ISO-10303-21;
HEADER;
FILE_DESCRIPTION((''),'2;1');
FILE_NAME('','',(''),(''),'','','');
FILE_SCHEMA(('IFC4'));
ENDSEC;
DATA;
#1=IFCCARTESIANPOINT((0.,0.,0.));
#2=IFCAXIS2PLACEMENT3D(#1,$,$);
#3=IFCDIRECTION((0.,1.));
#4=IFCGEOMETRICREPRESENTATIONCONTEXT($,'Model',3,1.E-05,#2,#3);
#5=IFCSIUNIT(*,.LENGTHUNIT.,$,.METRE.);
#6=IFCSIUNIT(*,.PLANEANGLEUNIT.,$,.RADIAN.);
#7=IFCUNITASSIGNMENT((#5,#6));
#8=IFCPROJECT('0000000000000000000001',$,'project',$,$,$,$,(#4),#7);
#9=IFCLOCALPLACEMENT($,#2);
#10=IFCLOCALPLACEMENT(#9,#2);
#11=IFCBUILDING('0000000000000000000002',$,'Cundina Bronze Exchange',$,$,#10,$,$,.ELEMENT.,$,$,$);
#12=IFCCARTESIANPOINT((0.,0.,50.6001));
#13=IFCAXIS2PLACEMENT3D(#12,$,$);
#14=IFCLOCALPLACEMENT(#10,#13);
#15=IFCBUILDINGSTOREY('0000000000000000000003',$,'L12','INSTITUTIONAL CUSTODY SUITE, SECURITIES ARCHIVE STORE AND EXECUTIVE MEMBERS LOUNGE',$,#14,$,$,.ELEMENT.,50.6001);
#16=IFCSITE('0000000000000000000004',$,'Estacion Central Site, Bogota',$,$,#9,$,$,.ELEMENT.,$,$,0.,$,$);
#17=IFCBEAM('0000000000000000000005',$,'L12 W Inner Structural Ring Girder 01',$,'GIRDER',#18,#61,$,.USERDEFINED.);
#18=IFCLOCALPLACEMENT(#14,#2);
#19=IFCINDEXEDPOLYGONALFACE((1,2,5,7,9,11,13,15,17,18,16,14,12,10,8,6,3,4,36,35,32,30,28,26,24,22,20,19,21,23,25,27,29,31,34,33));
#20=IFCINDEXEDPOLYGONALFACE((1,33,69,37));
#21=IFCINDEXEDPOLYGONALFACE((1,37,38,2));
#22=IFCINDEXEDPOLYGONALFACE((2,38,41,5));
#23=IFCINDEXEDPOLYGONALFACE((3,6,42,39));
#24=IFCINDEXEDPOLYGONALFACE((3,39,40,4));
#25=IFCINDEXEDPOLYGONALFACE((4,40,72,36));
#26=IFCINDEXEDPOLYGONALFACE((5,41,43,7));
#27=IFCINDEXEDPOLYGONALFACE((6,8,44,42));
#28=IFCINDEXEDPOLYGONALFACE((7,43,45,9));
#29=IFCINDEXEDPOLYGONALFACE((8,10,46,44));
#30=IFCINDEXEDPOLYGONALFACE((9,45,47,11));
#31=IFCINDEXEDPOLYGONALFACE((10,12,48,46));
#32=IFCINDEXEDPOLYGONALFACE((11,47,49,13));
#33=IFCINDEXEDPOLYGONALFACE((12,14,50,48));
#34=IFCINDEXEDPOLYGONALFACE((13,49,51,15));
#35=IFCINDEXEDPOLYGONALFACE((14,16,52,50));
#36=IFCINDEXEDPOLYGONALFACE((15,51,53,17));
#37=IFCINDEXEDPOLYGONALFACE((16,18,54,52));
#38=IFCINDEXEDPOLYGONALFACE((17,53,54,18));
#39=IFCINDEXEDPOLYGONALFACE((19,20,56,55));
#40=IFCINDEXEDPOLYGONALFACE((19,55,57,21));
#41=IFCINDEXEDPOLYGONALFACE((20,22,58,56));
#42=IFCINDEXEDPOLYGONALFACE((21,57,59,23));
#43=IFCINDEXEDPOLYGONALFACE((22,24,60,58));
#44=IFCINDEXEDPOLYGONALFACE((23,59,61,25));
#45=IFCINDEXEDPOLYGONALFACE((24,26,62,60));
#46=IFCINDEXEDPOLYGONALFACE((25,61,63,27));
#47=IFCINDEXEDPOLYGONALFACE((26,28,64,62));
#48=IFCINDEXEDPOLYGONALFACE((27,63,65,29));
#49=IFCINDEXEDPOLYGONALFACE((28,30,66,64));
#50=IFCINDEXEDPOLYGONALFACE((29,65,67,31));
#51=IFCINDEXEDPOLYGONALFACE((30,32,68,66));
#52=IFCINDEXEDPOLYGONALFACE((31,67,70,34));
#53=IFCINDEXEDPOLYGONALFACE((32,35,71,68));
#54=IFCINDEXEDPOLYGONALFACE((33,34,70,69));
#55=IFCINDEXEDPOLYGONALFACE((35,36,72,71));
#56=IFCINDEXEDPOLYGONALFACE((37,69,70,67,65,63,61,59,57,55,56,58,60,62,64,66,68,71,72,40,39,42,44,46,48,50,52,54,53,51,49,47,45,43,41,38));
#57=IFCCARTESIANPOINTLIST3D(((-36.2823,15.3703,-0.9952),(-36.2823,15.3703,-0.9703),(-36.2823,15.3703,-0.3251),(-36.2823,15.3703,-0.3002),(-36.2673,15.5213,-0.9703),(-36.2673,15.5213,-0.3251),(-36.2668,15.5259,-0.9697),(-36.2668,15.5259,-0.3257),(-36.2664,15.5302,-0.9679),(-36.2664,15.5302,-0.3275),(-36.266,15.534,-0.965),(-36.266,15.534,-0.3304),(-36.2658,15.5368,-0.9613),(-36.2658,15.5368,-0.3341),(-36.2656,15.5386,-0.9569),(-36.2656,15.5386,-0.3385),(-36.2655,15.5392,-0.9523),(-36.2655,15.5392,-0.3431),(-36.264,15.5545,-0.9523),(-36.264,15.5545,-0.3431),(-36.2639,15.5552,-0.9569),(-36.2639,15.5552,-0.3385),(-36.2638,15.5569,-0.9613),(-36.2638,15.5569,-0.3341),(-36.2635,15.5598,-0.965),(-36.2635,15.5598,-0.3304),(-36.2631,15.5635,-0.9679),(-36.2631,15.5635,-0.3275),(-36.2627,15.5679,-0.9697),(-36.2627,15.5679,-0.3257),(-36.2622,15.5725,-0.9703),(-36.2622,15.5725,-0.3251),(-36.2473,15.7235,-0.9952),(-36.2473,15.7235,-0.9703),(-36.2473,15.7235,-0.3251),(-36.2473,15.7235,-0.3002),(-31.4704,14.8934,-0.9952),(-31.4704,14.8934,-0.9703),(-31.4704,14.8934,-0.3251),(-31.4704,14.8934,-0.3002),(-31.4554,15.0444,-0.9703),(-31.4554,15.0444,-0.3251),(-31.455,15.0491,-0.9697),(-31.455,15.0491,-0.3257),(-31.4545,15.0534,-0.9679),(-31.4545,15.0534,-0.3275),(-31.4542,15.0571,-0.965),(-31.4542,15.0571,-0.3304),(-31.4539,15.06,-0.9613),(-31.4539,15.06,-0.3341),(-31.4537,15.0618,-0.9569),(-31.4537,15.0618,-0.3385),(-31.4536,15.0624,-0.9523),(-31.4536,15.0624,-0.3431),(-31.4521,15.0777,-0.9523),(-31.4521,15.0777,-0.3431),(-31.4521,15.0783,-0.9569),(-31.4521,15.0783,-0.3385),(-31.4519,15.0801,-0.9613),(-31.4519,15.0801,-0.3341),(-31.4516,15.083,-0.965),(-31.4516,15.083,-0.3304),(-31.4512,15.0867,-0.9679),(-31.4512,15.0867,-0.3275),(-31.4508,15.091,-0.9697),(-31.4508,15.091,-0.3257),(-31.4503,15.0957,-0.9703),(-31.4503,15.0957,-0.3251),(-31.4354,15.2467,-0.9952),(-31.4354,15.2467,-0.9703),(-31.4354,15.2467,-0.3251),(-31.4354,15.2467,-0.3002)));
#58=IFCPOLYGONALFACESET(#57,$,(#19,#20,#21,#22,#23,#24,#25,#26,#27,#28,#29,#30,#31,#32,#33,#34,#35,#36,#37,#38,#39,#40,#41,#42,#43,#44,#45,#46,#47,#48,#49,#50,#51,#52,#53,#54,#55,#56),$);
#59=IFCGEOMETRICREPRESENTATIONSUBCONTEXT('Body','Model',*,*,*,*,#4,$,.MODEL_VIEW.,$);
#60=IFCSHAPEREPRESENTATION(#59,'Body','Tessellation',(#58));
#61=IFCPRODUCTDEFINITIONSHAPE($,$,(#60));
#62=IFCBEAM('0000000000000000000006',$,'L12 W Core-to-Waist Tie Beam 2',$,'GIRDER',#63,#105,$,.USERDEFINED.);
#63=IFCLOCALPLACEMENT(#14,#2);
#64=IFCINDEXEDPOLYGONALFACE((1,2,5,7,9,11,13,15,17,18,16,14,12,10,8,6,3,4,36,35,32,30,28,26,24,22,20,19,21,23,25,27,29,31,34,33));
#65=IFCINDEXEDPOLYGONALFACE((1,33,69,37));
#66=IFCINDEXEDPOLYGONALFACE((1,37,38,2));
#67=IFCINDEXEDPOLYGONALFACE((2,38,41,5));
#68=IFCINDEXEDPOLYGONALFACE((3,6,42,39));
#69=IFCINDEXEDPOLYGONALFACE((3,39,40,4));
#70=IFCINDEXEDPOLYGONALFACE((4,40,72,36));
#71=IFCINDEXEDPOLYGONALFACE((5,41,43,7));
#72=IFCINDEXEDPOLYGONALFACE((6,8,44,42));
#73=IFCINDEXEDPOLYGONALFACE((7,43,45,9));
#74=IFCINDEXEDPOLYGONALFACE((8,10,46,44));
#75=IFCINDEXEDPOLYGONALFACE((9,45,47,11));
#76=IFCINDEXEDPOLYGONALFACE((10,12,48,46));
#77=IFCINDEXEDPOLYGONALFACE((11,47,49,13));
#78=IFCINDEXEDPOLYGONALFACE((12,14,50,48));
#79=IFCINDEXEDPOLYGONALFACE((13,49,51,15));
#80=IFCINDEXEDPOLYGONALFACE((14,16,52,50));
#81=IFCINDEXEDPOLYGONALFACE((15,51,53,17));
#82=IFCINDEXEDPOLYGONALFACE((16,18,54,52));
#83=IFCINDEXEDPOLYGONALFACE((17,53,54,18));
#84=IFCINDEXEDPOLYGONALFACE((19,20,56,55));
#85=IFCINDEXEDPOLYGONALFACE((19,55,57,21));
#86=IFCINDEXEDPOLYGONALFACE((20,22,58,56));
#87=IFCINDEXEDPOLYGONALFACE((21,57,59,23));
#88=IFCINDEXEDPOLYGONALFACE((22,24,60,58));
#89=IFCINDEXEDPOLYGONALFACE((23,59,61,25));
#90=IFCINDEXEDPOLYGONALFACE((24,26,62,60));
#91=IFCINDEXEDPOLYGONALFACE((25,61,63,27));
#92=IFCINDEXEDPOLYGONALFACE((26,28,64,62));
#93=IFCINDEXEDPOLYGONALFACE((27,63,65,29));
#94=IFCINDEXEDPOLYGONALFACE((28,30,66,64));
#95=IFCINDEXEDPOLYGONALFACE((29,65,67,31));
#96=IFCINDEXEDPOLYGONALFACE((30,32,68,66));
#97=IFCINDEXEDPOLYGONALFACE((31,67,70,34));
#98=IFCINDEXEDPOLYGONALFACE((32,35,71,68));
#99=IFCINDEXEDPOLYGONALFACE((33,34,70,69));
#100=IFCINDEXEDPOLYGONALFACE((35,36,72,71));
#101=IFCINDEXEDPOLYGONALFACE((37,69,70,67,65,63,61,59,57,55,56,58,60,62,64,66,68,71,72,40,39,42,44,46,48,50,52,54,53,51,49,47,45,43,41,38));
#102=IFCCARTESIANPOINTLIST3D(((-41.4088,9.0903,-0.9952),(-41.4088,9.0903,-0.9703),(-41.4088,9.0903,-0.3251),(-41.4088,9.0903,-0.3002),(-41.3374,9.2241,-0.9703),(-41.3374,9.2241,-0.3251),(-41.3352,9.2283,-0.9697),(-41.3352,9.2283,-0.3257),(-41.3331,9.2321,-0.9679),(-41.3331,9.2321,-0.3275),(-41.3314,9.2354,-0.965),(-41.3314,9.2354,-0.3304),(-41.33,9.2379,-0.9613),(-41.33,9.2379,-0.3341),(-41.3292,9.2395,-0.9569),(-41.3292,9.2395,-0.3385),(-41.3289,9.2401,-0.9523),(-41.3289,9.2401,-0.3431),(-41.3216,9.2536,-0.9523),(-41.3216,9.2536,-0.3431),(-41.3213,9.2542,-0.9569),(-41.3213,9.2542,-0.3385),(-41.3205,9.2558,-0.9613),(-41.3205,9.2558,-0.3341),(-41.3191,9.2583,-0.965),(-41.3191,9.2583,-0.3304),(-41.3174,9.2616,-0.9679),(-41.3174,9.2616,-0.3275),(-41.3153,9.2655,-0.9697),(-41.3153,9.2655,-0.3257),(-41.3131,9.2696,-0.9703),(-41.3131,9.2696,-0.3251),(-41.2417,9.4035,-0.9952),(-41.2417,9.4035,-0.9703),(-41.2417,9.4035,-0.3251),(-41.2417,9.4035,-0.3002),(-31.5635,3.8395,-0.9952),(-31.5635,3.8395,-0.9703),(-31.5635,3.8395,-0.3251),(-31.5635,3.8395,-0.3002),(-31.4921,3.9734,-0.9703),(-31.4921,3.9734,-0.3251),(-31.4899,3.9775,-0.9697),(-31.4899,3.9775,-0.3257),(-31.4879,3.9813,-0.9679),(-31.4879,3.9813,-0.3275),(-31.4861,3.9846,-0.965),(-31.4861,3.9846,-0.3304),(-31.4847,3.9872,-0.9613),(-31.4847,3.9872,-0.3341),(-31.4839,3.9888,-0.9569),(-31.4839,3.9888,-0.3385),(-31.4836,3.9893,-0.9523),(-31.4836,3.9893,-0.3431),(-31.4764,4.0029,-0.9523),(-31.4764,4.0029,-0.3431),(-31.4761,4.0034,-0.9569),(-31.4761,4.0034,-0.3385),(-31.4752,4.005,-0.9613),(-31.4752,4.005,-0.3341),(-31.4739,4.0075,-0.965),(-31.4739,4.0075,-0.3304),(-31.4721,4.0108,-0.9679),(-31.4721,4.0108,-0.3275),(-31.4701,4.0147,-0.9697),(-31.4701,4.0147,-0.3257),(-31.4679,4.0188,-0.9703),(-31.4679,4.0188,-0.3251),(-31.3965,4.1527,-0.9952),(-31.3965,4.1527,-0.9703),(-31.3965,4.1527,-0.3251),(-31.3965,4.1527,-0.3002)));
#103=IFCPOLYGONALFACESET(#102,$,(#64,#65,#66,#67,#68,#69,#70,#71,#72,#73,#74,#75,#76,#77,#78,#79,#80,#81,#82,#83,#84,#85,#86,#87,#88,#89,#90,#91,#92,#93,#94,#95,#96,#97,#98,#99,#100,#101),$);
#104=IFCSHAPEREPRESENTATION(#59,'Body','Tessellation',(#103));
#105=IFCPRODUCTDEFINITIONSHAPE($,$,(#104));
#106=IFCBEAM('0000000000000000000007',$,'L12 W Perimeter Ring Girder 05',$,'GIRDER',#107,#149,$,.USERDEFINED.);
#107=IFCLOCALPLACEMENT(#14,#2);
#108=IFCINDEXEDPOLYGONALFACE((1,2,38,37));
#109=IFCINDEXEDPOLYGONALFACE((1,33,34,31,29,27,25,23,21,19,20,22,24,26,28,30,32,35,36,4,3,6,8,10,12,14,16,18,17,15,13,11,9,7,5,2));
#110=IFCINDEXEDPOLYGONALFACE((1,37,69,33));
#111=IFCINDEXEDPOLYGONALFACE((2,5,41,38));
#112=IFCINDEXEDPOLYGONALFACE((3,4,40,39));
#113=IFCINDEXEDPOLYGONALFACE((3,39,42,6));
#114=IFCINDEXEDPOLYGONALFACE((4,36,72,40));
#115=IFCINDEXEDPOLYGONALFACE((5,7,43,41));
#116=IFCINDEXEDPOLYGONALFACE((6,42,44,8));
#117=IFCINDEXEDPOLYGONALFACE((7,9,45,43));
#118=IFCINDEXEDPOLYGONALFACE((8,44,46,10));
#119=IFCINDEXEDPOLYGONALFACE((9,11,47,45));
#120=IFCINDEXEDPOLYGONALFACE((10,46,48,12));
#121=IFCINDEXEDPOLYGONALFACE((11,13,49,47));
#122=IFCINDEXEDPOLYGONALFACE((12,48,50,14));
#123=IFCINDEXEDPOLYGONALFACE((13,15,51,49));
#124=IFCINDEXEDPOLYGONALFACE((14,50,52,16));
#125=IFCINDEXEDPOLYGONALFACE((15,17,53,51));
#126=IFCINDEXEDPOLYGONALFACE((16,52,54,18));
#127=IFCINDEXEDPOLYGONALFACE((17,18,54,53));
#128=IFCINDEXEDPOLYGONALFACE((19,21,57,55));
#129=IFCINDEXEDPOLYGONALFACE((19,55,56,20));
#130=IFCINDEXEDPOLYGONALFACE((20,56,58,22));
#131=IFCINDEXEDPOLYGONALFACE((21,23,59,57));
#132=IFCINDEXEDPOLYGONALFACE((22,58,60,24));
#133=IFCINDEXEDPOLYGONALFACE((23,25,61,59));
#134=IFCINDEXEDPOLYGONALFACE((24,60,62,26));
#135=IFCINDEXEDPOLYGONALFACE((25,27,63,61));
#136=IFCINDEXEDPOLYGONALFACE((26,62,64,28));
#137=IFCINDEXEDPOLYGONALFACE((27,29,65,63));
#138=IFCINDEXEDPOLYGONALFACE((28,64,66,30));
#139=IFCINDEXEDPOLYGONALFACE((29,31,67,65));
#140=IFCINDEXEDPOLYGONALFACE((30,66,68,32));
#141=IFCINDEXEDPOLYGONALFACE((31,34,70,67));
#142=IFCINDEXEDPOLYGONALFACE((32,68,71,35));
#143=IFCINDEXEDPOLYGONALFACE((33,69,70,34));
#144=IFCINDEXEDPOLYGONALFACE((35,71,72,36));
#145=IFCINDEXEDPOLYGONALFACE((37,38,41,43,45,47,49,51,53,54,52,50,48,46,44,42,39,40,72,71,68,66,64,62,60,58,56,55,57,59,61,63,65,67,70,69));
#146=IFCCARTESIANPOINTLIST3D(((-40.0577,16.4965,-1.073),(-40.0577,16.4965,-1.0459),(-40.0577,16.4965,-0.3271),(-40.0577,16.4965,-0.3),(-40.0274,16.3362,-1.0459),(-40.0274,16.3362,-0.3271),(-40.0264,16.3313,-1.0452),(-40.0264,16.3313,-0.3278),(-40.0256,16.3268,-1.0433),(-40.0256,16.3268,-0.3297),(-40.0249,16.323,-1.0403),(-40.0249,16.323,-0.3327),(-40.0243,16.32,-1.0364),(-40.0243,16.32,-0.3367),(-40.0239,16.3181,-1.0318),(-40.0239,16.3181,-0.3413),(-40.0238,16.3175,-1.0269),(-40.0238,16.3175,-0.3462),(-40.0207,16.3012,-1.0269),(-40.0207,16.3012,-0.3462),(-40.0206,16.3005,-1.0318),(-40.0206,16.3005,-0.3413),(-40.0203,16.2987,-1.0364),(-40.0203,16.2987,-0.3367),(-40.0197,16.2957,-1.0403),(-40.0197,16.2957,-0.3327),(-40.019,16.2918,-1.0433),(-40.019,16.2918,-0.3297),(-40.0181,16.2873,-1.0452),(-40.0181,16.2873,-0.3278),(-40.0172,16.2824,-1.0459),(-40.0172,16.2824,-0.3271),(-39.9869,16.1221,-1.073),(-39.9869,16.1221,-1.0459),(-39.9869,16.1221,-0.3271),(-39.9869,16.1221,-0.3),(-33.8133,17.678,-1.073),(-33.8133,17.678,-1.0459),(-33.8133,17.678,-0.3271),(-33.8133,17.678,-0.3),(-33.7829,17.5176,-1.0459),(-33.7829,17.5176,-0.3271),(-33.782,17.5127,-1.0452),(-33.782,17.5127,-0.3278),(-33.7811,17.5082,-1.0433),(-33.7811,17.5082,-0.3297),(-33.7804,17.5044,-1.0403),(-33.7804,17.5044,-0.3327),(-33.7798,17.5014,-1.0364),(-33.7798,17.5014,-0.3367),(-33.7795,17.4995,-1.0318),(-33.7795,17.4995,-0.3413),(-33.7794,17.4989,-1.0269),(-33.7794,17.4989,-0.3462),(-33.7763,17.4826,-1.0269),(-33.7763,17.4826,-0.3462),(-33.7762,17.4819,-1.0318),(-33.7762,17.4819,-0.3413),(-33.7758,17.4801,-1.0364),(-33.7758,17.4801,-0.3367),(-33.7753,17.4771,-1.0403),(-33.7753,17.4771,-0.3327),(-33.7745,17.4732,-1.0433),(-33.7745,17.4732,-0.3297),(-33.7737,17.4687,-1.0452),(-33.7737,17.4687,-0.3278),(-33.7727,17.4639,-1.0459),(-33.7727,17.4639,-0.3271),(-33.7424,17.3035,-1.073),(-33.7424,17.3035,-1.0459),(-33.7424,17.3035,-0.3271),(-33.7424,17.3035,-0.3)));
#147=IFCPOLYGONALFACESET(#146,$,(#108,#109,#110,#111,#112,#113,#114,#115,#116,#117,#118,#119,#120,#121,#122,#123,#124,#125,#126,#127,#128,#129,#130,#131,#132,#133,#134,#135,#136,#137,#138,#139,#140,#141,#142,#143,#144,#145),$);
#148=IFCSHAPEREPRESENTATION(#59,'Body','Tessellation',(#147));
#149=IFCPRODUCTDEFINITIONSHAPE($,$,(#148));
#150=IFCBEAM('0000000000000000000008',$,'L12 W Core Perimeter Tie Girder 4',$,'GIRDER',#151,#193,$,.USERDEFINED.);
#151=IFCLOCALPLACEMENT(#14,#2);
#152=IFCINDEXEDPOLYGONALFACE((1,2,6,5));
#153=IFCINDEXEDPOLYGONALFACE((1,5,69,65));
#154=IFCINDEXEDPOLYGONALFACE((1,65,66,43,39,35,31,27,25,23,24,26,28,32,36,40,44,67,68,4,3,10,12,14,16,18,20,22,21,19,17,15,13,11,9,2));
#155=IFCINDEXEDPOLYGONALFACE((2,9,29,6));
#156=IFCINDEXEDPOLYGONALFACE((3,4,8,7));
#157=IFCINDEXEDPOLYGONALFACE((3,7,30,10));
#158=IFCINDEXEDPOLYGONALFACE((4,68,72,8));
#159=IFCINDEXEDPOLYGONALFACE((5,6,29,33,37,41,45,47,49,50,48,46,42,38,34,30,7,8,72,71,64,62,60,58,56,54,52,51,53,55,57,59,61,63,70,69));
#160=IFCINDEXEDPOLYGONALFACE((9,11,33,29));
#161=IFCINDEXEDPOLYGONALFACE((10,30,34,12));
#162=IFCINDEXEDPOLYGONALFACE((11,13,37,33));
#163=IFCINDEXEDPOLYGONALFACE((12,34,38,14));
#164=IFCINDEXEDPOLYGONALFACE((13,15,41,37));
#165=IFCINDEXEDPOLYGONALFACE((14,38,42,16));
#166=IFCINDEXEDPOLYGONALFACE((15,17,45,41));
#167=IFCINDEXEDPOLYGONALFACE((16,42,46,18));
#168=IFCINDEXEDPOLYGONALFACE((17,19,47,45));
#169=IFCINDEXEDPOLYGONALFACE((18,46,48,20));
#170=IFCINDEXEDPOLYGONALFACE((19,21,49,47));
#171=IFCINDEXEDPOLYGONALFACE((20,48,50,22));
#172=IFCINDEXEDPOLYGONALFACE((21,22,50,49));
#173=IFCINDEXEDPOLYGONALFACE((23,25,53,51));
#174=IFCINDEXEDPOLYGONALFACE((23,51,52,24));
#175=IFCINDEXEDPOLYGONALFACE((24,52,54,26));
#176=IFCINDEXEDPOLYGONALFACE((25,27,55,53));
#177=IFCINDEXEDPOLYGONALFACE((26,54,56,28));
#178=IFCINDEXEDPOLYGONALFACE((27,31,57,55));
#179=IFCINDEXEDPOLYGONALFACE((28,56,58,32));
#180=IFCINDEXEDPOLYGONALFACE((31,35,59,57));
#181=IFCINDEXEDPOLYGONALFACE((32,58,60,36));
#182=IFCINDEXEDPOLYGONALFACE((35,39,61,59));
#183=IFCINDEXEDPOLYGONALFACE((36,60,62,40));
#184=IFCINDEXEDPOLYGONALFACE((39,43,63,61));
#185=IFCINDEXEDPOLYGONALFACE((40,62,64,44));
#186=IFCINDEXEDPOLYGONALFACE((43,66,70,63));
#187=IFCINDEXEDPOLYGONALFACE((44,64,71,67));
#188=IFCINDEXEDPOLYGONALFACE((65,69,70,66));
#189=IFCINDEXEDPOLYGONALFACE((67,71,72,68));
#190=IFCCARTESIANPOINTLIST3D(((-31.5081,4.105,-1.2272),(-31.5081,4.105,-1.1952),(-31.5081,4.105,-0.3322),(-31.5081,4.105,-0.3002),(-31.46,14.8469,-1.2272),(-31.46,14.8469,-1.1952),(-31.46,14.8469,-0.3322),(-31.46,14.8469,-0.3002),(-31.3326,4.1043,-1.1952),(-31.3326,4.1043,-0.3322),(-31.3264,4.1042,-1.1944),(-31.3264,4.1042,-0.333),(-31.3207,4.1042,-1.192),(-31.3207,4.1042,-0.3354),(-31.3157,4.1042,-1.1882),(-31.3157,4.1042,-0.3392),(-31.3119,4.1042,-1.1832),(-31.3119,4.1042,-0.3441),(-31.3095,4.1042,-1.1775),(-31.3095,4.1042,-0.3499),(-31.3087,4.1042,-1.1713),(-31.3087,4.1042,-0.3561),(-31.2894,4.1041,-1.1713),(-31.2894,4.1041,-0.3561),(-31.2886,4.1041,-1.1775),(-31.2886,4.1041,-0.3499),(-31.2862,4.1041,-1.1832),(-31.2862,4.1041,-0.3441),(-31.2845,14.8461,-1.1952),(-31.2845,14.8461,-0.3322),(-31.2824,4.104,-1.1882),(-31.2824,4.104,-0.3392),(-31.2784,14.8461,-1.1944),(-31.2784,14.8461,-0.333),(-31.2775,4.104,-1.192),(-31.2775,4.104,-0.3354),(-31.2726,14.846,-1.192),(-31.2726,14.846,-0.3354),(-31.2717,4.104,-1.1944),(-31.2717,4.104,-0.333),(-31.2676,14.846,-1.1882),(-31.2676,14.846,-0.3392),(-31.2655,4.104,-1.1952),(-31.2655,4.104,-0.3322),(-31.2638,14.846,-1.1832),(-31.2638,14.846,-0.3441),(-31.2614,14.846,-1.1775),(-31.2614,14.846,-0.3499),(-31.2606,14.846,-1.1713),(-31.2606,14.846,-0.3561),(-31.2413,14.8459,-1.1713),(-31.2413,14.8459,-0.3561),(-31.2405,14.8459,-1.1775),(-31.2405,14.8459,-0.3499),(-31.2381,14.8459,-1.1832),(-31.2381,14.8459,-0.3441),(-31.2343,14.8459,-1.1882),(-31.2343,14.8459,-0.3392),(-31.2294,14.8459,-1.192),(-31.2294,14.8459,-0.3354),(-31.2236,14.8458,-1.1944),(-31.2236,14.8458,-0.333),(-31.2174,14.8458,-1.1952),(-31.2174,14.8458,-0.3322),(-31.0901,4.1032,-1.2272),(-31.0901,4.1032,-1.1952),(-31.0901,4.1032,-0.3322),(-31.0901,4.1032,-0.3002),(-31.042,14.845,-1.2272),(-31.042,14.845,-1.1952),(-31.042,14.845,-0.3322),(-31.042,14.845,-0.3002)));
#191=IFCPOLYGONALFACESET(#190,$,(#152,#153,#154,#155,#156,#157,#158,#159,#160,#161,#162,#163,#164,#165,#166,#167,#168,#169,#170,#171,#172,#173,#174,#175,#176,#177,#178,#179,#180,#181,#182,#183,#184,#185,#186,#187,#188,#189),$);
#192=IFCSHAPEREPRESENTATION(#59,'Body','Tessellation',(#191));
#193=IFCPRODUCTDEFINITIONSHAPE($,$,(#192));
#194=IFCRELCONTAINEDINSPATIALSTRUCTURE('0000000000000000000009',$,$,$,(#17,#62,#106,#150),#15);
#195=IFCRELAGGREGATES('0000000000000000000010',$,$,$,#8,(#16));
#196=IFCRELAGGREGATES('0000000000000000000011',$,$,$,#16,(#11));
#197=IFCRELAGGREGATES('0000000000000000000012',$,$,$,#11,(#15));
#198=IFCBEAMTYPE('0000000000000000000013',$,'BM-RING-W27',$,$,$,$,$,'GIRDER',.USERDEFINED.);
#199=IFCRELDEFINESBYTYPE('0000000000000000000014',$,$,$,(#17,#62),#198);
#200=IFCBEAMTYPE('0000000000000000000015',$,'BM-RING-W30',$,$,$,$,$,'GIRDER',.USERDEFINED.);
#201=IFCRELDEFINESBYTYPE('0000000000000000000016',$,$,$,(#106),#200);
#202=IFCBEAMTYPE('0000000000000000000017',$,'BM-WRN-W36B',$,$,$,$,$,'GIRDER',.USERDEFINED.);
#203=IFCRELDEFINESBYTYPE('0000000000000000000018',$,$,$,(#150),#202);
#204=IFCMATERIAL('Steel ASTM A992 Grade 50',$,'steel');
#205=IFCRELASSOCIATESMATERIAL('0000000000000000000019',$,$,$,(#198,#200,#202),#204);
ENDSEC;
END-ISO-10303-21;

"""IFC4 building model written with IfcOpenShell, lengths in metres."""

from ifc_helpers import new_model, si_unit, direction, frame, origin, origin_2d, place, context, subcontext, project, spatial, i_section, extrude, material, material_profile, profile_set, type_object, element, save


model = new_model("IFC4")

# Units and contexts
model_context = context("Model", 3, precision=1e-05, world=origin(), true_north=direction((0.0, 1.0)))
body_context = subcontext(model_context, "Body", "Model", "MODEL_VIEW")
ifc_project = project(units=[si_unit("LENGTHUNIT", "METRE"), si_unit("PLANEANGLEUNIT", "RADIAN")], contexts=[model_context])

# Site, building, storey
site_placement = place(None, origin())
site = spatial("IfcSite", under=ifc_project, at=site_placement, Name="Estacion Central Site, Bogota", CompositionType="ELEMENT", RefElevation=0.0)
building_placement = place(site_placement, origin())
building = spatial("IfcBuilding", under=site, at=building_placement, Name="Cundina Bronze Exchange", CompositionType="ELEMENT")
storey_placement = place(building_placement, frame((0.0, 0.0, 50.6001)))
storey = spatial("IfcBuildingStorey", under=building, at=storey_placement, Name="L12", Description="INSTITUTIONAL CUSTODY SUITE, SECURITIES ARCHIVE STORE AND EXECUTIVE MEMBERS LOUNGE", CompositionType="ELEMENT", Elevation=50.6001)

# Shared definitions
ifc_material_1 = material(Name="Steel ASTM A992 Grade 50", Category="steel")

# Beams
ifc_material_profile_1 = material_profile(ifc_material_1, i_section(OverallWidth=0.355, OverallDepth=0.6951, WebThickness=0.0154, FlangeThickness=0.0249, FilletRadius=0.0181, at=origin_2d()), Name="W27X146", Category="steel")
ifc_profile_set_1 = profile_set([ifc_material_profile_1], Name="Steel ASTM A992 Grade 50")
beam_type_1 = type_object("IfcBeamType", Name="BM-RING-W27", ElementType="GIRDER", PredefinedType="USERDEFINED", material=ifc_profile_set_1)
beam_1_placement = place(storey_placement, frame((-31.4529, 15.0701, -0.6477), z_axis=(-0.995126, 0.098609, 0.0), x_axis=(-0.098609, -0.995126, 0.0)))
element("IfcBeam", 1, at=beam_1_placement, inside=storey, type_object=beam_type_1, Name="L12 W Inner Structural Ring Girder 01", ObjectType="GIRDER", PredefinedType="USERDEFINED", context=body_context, shape_type="SweptSolid", body=[
    extrude(i_section(OverallWidth=0.355, OverallDepth=0.6951, WebThickness=0.0154, FlangeThickness=0.0249, FilletRadius=0.0181, at=origin_2d()), origin(), (0.0, 0.0, 1.0), 4.8354),
])
beam_2_placement = place(storey_placement, frame((-31.48, 3.9961, -0.6477), z_axis=(-0.882355, 0.470585, 0.0), x_axis=(-0.470585, -0.882355, 0.0)))
element("IfcBeam", 2, at=beam_2_placement, inside=storey, type_object=beam_type_1, Name="L12 W Core-to-Waist Tie Beam 2", ObjectType="GIRDER", PredefinedType="USERDEFINED", context=body_context, shape_type="SweptSolid", body=[
    extrude(i_section(OverallWidth=0.355, OverallDepth=0.6951, WebThickness=0.0154, FlangeThickness=0.0249, FilletRadius=0.0181, at=origin_2d()), origin(), (0.0, 0.0, 1.0), 11.158),
])
ifc_material_profile_2 = material_profile(ifc_material_1, i_section(OverallWidth=0.3811, OverallDepth=0.7729, WebThickness=0.0166, FlangeThickness=0.0271, FilletRadius=0.019, at=origin_2d()), Name="W30X173", Category="steel")
ifc_profile_set_2 = profile_set([ifc_material_profile_2], Name="Steel ASTM A992 Grade 50")
beam_type_2 = type_object("IfcBeamType", Name="BM-RING-W30", ElementType="GIRDER", PredefinedType="USERDEFINED", material=ifc_profile_set_2)
beam_3_placement = place(storey_placement, frame((-33.7778, 17.4907, -0.6865), z_axis=(-0.982569, -0.185896, 0.0), x_axis=(0.185896, -0.982569, 0.0)))
element("IfcBeam", 3, at=beam_3_placement, inside=storey, type_object=beam_type_2, Name="L12 W Perimeter Ring Girder 05", ObjectType="GIRDER", PredefinedType="USERDEFINED", context=body_context, shape_type="SweptSolid", body=[
    extrude(i_section(OverallWidth=0.3811, OverallDepth=0.7729, WebThickness=0.0166, FlangeThickness=0.0271, FilletRadius=0.019, at=origin_2d()), origin(), (0.0, 0.0, 1.0), 6.3552),
])
ifc_material_profile_3 = material_profile(ifc_material_1, i_section(OverallWidth=0.418, OverallDepth=0.927, WebThickness=0.0193, FlangeThickness=0.032, FilletRadius=0.0239, at=origin_2d()), Name="W36X231", Category="steel")
ifc_profile_set_3 = profile_set([ifc_material_profile_3], Name="Steel ASTM A992 Grade 50")
beam_type_3 = type_object("IfcBeamType", Name="BM-WRN-W36B", ElementType="GIRDER", PredefinedType="USERDEFINED", material=ifc_profile_set_3)
beam_4_placement = place(storey_placement, frame((-31.251, 14.8459, -0.7637), z_axis=(-0.004477, -0.99999, 0.0), x_axis=(0.99999, -0.004477, 0.0)))
element("IfcBeam", 4, at=beam_4_placement, inside=storey, type_object=beam_type_3, Name="L12 W Core Perimeter Tie Girder 4", ObjectType="GIRDER", PredefinedType="USERDEFINED", context=body_context, shape_type="SweptSolid", body=[
    extrude(i_section(OverallWidth=0.418, OverallDepth=0.927, WebThickness=0.0193, FlangeThickness=0.032, FilletRadius=0.0239, at=origin_2d()), origin(), (0.0, 0.0, 1.0), 10.7419),
])

save(model, "model.ifc")
